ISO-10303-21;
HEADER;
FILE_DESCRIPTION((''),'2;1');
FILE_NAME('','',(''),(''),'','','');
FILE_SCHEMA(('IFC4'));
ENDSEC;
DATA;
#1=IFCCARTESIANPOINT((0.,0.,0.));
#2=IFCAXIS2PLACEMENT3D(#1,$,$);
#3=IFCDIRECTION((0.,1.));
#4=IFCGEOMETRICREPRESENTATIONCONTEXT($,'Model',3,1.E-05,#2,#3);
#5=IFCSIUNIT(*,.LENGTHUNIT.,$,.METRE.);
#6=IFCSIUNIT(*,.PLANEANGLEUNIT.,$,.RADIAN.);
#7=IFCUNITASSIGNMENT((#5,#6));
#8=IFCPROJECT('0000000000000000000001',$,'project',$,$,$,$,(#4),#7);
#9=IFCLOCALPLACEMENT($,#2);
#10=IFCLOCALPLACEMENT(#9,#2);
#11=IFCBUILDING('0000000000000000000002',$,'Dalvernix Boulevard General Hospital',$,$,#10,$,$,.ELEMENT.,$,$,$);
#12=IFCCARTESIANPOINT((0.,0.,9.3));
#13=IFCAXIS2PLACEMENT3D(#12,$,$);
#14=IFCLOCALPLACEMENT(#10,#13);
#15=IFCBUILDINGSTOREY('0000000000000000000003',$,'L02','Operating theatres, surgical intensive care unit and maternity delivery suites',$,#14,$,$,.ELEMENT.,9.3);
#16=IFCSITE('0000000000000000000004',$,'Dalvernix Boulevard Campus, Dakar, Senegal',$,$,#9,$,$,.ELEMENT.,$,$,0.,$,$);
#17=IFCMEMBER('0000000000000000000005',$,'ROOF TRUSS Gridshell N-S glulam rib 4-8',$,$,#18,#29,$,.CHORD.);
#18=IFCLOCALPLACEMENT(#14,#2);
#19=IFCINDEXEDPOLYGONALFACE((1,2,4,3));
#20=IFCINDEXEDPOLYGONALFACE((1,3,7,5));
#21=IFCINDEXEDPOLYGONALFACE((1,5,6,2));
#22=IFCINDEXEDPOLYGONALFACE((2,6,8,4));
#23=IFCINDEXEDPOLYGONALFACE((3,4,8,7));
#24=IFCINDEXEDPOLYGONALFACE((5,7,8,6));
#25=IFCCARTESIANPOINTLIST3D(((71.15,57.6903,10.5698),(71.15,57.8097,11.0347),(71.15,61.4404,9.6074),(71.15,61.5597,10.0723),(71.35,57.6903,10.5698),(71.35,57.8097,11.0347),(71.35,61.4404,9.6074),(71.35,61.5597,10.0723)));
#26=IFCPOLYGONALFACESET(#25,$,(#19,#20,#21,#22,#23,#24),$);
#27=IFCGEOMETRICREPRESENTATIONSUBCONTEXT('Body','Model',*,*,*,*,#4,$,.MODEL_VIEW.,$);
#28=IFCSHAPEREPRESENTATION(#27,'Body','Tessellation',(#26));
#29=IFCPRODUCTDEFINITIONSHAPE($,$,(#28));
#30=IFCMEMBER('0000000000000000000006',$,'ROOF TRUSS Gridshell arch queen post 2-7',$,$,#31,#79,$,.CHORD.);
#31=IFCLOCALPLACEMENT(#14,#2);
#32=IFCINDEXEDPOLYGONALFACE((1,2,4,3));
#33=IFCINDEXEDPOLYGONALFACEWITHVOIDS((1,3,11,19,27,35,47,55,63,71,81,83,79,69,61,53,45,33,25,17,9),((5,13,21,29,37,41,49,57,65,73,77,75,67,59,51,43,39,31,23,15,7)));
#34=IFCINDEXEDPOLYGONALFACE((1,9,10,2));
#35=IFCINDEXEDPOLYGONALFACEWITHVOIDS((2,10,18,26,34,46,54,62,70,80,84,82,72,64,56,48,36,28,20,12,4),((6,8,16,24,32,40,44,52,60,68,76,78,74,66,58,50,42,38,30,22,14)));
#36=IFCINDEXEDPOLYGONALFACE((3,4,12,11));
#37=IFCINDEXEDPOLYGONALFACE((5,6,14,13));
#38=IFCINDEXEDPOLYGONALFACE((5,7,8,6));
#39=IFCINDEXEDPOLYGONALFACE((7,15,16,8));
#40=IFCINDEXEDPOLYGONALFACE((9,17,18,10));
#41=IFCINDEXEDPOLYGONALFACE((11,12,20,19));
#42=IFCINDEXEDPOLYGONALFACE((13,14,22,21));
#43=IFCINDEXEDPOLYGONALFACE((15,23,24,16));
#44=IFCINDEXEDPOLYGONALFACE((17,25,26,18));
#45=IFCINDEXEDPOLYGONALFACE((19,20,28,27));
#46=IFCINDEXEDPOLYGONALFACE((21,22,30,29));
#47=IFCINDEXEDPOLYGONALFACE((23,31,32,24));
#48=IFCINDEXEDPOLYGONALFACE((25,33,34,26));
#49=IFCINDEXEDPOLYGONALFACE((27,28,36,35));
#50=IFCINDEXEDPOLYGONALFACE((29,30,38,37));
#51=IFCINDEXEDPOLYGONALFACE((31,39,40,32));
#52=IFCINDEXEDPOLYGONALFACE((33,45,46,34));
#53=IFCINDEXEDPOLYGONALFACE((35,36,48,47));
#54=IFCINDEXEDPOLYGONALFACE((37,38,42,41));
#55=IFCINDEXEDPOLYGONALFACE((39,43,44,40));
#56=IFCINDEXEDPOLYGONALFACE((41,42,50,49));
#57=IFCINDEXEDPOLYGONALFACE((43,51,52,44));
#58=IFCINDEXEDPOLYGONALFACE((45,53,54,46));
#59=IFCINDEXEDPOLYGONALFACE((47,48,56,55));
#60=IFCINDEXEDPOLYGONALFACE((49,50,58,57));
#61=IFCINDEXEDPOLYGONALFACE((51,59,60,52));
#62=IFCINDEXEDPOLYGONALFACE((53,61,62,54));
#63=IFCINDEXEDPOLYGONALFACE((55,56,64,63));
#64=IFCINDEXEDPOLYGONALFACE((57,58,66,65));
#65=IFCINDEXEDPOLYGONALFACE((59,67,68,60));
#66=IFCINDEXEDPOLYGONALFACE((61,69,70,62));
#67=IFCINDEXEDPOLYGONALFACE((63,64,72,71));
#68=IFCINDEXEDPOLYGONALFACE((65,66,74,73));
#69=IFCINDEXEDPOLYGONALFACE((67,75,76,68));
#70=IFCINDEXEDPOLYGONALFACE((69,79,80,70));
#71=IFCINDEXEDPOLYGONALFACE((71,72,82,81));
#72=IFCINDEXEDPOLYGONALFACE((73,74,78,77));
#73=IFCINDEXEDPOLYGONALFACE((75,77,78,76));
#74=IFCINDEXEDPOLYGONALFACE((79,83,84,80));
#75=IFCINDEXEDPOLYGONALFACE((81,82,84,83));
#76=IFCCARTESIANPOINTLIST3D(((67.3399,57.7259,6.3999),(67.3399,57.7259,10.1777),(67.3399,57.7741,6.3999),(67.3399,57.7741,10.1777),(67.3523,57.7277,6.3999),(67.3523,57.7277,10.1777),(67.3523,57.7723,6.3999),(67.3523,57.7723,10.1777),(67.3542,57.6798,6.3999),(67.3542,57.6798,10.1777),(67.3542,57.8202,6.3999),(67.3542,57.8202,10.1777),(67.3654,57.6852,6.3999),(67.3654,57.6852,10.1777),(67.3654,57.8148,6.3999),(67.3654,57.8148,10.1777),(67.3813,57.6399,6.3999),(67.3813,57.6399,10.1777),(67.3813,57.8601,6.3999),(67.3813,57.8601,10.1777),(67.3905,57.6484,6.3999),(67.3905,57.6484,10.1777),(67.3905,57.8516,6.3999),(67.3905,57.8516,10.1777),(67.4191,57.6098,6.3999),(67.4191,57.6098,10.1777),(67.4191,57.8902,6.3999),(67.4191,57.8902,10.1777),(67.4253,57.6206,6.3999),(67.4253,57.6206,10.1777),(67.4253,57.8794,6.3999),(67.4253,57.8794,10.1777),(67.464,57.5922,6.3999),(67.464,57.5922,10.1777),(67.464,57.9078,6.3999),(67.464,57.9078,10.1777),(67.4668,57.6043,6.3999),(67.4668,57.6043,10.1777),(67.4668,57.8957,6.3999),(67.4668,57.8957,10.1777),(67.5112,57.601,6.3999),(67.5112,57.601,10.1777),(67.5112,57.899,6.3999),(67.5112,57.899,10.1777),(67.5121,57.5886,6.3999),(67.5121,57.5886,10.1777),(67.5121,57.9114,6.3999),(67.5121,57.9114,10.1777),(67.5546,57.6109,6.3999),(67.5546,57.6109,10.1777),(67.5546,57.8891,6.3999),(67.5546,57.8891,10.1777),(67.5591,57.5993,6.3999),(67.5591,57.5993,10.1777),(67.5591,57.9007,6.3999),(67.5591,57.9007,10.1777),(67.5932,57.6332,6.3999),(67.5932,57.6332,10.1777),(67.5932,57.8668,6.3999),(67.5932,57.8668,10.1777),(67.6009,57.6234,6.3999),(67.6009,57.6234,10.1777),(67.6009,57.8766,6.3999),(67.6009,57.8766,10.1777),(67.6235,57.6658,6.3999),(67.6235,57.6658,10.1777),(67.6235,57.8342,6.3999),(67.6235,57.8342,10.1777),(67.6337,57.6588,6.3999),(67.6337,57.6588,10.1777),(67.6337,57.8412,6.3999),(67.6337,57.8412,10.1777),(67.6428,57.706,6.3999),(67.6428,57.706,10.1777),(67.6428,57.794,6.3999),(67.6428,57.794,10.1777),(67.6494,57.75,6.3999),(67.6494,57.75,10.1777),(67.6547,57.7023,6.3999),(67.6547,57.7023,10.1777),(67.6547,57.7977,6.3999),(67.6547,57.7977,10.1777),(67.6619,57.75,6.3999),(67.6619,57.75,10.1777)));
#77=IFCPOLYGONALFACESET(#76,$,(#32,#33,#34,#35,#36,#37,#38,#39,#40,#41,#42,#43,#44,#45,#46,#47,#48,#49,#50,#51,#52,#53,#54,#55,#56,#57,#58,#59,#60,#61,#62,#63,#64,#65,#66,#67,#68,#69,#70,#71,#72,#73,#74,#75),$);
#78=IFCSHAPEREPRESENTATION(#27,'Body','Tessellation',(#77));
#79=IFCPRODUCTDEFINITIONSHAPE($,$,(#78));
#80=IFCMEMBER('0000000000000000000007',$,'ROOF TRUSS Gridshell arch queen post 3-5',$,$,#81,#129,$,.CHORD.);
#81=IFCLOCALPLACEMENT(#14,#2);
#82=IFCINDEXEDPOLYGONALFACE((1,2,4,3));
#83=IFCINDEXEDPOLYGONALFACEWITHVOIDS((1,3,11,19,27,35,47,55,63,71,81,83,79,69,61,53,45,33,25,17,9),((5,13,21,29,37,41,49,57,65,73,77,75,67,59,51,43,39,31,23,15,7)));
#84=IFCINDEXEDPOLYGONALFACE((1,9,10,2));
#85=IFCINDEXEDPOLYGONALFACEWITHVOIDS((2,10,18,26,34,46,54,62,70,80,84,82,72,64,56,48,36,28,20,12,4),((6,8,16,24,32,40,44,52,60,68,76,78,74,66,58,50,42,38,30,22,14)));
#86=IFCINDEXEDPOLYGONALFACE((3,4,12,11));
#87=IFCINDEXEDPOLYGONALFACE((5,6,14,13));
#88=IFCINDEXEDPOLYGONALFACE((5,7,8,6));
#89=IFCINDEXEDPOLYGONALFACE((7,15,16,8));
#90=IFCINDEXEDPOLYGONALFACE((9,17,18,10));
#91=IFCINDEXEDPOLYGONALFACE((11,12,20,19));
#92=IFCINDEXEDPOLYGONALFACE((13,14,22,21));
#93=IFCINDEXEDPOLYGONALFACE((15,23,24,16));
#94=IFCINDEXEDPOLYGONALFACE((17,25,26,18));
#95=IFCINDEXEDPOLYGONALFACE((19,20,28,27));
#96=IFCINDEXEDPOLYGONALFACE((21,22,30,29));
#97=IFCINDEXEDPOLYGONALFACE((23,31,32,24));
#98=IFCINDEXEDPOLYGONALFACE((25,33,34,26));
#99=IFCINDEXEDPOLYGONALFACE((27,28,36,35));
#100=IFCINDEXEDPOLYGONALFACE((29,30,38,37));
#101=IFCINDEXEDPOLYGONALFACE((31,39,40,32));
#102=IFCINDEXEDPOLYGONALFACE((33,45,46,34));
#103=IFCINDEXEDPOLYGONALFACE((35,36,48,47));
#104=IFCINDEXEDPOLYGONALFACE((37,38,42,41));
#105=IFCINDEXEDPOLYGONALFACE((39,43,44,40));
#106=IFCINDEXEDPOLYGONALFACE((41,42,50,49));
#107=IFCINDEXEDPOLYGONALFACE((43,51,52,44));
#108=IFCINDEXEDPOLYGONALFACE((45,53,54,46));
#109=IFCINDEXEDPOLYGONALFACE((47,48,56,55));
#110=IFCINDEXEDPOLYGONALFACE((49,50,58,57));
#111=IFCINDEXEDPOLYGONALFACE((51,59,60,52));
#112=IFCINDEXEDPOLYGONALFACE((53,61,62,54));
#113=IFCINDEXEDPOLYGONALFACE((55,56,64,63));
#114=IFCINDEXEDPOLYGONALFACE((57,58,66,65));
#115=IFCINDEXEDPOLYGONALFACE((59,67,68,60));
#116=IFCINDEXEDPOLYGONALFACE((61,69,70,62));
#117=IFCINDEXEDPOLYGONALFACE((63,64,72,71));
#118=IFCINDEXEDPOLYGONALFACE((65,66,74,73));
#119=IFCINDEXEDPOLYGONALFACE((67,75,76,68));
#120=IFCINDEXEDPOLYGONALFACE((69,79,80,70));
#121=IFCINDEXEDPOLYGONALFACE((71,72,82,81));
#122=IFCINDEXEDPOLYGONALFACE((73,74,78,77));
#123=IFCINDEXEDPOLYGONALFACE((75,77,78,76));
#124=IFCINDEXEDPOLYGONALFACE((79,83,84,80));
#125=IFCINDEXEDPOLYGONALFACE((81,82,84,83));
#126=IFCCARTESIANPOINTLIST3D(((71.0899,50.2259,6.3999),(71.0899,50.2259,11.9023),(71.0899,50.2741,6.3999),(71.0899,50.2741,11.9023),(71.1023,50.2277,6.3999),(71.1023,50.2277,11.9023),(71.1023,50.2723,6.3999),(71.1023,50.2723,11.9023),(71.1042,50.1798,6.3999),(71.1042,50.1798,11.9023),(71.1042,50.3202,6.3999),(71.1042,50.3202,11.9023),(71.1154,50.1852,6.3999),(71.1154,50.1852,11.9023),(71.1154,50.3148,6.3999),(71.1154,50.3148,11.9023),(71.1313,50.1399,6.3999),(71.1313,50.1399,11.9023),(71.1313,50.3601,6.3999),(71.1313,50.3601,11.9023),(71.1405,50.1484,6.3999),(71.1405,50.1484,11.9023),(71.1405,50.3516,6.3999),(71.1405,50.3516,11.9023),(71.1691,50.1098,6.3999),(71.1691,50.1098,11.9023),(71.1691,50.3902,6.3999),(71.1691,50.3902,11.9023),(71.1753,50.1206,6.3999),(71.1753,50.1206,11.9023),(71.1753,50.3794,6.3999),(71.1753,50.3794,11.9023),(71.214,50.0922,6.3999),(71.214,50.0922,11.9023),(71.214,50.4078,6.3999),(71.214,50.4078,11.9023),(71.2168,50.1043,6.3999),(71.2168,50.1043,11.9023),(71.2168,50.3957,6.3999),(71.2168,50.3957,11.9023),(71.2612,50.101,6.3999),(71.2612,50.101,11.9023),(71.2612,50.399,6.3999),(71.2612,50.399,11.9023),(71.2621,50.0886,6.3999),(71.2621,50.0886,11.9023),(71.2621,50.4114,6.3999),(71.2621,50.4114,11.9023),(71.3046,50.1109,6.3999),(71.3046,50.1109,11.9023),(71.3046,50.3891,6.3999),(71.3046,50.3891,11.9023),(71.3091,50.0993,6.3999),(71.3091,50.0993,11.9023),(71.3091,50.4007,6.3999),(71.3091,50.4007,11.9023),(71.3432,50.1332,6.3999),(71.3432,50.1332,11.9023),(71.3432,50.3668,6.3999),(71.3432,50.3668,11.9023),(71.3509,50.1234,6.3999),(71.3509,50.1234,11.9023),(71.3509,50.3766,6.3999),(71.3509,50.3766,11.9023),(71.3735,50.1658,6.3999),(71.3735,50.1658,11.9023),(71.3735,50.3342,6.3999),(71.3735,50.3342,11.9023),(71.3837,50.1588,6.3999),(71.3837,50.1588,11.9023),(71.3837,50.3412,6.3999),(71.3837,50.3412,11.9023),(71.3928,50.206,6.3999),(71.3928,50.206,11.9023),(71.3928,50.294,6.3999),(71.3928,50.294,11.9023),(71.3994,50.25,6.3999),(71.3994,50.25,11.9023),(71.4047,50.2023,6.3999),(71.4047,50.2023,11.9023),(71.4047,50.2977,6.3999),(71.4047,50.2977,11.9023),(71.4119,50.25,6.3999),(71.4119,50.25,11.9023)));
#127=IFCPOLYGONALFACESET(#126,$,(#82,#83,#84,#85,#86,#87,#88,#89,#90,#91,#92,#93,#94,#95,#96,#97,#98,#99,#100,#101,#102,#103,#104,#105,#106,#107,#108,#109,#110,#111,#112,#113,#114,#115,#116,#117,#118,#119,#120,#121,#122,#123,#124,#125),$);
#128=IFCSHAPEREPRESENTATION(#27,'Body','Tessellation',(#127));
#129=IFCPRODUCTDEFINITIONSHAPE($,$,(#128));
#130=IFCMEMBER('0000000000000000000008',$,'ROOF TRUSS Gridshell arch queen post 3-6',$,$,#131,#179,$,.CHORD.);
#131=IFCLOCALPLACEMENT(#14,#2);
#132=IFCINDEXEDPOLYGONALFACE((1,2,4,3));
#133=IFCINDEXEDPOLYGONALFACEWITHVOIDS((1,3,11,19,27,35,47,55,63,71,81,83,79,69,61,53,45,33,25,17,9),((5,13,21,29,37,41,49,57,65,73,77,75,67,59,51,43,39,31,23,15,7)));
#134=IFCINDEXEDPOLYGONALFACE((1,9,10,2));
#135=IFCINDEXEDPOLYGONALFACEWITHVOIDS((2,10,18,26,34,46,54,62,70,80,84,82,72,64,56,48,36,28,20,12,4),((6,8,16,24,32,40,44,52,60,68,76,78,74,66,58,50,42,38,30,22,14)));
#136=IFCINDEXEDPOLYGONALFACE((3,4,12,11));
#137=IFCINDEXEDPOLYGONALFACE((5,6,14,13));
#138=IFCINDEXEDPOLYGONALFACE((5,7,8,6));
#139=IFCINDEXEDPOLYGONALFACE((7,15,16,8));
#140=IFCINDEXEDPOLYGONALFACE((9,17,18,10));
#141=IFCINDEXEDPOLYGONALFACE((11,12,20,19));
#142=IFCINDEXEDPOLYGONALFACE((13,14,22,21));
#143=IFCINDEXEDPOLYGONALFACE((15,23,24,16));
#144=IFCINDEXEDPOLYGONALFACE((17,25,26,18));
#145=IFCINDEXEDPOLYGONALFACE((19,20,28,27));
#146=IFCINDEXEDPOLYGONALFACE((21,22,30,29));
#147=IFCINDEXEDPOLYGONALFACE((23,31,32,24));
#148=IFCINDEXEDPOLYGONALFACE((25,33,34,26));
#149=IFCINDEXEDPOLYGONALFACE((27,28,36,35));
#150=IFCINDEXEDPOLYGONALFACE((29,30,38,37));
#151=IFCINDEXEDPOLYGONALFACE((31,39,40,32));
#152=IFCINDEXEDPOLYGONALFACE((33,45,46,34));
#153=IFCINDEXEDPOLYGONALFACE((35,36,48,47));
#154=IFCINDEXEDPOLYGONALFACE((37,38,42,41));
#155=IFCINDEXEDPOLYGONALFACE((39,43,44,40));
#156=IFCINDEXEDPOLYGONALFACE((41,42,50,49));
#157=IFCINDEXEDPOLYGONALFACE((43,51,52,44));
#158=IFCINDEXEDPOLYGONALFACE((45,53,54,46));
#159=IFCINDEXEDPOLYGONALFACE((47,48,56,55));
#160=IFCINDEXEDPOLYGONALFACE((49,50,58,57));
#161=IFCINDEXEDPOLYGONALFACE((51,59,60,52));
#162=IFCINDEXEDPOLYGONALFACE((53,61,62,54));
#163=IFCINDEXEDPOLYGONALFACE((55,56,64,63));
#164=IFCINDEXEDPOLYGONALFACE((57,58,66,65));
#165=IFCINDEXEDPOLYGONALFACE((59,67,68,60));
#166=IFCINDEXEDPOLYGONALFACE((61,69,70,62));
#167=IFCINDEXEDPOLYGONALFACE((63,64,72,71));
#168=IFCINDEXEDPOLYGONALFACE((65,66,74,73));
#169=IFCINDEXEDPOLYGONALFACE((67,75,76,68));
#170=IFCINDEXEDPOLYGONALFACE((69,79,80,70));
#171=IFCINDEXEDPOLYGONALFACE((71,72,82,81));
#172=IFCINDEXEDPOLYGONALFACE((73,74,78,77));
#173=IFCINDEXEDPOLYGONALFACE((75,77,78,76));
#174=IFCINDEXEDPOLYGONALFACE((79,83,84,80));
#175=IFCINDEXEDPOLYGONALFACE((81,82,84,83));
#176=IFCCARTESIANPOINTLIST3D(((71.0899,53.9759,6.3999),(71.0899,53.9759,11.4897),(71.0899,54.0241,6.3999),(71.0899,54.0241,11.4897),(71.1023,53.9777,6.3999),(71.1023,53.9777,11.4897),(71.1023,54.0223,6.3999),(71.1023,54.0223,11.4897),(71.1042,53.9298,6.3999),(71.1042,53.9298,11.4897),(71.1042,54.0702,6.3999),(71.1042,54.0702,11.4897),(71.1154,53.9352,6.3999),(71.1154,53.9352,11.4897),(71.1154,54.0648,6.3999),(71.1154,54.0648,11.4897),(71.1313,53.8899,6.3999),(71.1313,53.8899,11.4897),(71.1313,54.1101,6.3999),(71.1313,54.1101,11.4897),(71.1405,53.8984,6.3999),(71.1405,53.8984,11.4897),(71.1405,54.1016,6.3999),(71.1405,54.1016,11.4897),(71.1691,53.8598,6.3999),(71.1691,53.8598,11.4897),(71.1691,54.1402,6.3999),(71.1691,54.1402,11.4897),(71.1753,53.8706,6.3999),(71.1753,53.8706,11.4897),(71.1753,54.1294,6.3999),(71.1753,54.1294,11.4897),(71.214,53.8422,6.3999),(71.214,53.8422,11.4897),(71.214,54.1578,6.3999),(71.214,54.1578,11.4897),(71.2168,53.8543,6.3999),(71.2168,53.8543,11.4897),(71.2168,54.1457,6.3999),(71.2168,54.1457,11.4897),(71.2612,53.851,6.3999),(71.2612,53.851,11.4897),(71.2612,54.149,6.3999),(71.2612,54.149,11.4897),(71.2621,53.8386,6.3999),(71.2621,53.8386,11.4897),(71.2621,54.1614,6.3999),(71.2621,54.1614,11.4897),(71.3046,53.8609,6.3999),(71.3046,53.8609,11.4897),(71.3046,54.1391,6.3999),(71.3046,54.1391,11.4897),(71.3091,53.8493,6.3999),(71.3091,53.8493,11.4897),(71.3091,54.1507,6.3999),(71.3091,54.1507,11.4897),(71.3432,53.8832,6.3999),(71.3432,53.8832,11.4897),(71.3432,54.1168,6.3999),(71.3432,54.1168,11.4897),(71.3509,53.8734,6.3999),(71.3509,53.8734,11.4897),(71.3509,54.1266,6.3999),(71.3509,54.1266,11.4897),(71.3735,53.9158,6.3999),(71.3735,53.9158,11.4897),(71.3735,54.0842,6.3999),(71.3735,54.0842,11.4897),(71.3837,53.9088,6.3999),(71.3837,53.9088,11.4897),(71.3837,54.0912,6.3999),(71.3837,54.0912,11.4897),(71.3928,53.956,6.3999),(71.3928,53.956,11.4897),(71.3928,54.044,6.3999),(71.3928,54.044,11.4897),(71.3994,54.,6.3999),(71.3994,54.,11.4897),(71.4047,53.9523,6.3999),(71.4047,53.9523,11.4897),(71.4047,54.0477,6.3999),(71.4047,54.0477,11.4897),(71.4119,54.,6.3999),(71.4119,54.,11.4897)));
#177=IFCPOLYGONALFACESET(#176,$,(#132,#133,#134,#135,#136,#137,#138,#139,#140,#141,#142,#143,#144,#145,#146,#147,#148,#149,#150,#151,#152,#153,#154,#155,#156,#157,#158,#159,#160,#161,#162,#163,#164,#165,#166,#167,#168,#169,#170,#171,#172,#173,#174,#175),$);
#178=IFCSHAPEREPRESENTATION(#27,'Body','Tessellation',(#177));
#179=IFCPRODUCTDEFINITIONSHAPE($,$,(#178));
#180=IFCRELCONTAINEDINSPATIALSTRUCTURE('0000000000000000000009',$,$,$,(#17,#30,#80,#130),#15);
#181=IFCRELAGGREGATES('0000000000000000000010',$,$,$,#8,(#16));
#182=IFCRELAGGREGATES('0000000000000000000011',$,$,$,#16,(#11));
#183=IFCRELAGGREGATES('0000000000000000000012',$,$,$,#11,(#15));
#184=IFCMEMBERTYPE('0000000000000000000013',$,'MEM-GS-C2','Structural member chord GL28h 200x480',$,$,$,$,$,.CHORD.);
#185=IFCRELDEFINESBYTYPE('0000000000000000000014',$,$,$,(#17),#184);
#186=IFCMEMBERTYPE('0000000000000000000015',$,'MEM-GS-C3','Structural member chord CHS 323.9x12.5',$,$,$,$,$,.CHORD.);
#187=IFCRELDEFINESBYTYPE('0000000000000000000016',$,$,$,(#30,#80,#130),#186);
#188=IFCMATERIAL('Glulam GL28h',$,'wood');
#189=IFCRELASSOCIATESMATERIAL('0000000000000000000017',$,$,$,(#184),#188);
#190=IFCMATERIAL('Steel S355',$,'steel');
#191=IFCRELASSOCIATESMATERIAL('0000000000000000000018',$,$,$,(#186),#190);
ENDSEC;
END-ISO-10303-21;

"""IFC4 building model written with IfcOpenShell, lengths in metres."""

from ifc_helpers import new_model, si_unit, direction, frame, origin, origin_2d, place, context, subcontext, project, spatial, rectangle, hollow_circle, extrude, material, material_profile, profile_set, type_object, element, save


model = new_model("IFC4")

# Units and contexts
model_context = context("Model", 3, precision=1e-05, world=origin(), true_north=direction((0.0, 1.0)))
body_context = subcontext(model_context, "Body", "Model", "MODEL_VIEW")
ifc_project = project(units=[si_unit("LENGTHUNIT", "METRE"), si_unit("PLANEANGLEUNIT", "RADIAN")], contexts=[model_context])

# Site, building, storey
site_placement = place(None, origin())
site = spatial("IfcSite", under=ifc_project, at=site_placement, Name="Dalvernix Boulevard Campus, Dakar, Senegal", CompositionType="ELEMENT", RefElevation=0.0)
building_placement = place(site_placement, origin())
building = spatial("IfcBuilding", under=site, at=building_placement, Name="Dalvernix Boulevard General Hospital", CompositionType="ELEMENT")
storey_placement = place(building_placement, frame((0.0, 0.0, 9.3)))
storey = spatial("IfcBuildingStorey", under=building, at=storey_placement, Name="L02", Description="Operating theatres, surgical intensive care unit and maternity delivery suites", CompositionType="ELEMENT", Elevation=9.3)

# Shared definitions
ifc_material_1 = material(Name="Steel S355", Category="steel")

# Members
ifc_material_2 = material(Name="Glulam GL28h", Category="wood")
ifc_material_profile_1 = material_profile(ifc_material_2, rectangle(XDim=0.2, YDim=0.48, at=origin_2d()), Name="GL28h 200x480")
ifc_profile_set_1 = profile_set([ifc_material_profile_1], Name="Glulam GL28h")
member_type_1 = type_object("IfcMemberType", Name="MEM-GS-C2", Description="Structural member chord GL28h 200x480", PredefinedType="CHORD", material=ifc_profile_set_1)
member_1_placement = place(storey_placement, frame((71.25, 57.75, 10.8022), z_axis=(0.0, 0.96861, -0.248585), x_axis=(-1.0, 0.0, 0.0)))
element("IfcMember", 1, at=member_1_placement, inside=storey, type_object=member_type_1, Name="ROOF TRUSS Gridshell N-S glulam rib 4-8", PredefinedType="CHORD", context=body_context, shape_type="SweptSolid", body=[
    extrude(rectangle(XDim=0.2, YDim=0.48, at=origin_2d()), origin(), (0.0, 0.0, 1.0), 3.8716),
])
ifc_material_profile_2 = material_profile(ifc_material_1, hollow_circle(Radius=0.1619, WallThickness=0.0125, at=origin_2d()), Name="CHS 323.9x12.5")
ifc_profile_set_2 = profile_set([ifc_material_profile_2], Name="Steel S355")
member_type_2 = type_object("IfcMemberType", Name="MEM-GS-C3", Description="Structural member chord CHS 323.9x12.5", PredefinedType="CHORD", material=ifc_profile_set_2)
member_2_placement = place(storey_placement, frame((67.5, 57.75, 6.3999), z_axis=(0.0, 0.0, 1.0), x_axis=(1.0, 0.0, 0.0)))
element("IfcMember", 2, at=member_2_placement, inside=storey, type_object=member_type_2, Name="ROOF TRUSS Gridshell arch queen post 2-7", PredefinedType="CHORD", context=body_context, shape_type="SweptSolid", body=[
    extrude(hollow_circle(Radius=0.1619, WallThickness=0.0125, at=origin_2d()), origin(), (0.0, 0.0, 1.0), 3.7778),
])
member_3_placement = place(storey_placement, frame((71.25, 50.25, 6.3999), z_axis=(0.0, 0.0, 1.0), x_axis=(1.0, 0.0, 0.0)))
element("IfcMember", 3, at=member_3_placement, inside=storey, type_object=member_type_2, Name="ROOF TRUSS Gridshell arch queen post 3-5", PredefinedType="CHORD", context=body_context, shape_type="SweptSolid", body=[
    extrude(hollow_circle(Radius=0.1619, WallThickness=0.0125, at=origin_2d()), origin(), (0.0, 0.0, 1.0), 5.5024),
])
member_4_placement = place(storey_placement, frame((71.25, 54.0, 6.3999), z_axis=(0.0, 0.0, 1.0), x_axis=(1.0, 0.0, 0.0)))
element("IfcMember", 4, at=member_4_placement, inside=storey, type_object=member_type_2, Name="ROOF TRUSS Gridshell arch queen post 3-6", PredefinedType="CHORD", context=body_context, shape_type="SweptSolid", body=[
    extrude(hollow_circle(Radius=0.1619, WallThickness=0.0125, at=origin_2d()), origin(), (0.0, 0.0, 1.0), 5.0898),
])

save(model, "model.ifc")
